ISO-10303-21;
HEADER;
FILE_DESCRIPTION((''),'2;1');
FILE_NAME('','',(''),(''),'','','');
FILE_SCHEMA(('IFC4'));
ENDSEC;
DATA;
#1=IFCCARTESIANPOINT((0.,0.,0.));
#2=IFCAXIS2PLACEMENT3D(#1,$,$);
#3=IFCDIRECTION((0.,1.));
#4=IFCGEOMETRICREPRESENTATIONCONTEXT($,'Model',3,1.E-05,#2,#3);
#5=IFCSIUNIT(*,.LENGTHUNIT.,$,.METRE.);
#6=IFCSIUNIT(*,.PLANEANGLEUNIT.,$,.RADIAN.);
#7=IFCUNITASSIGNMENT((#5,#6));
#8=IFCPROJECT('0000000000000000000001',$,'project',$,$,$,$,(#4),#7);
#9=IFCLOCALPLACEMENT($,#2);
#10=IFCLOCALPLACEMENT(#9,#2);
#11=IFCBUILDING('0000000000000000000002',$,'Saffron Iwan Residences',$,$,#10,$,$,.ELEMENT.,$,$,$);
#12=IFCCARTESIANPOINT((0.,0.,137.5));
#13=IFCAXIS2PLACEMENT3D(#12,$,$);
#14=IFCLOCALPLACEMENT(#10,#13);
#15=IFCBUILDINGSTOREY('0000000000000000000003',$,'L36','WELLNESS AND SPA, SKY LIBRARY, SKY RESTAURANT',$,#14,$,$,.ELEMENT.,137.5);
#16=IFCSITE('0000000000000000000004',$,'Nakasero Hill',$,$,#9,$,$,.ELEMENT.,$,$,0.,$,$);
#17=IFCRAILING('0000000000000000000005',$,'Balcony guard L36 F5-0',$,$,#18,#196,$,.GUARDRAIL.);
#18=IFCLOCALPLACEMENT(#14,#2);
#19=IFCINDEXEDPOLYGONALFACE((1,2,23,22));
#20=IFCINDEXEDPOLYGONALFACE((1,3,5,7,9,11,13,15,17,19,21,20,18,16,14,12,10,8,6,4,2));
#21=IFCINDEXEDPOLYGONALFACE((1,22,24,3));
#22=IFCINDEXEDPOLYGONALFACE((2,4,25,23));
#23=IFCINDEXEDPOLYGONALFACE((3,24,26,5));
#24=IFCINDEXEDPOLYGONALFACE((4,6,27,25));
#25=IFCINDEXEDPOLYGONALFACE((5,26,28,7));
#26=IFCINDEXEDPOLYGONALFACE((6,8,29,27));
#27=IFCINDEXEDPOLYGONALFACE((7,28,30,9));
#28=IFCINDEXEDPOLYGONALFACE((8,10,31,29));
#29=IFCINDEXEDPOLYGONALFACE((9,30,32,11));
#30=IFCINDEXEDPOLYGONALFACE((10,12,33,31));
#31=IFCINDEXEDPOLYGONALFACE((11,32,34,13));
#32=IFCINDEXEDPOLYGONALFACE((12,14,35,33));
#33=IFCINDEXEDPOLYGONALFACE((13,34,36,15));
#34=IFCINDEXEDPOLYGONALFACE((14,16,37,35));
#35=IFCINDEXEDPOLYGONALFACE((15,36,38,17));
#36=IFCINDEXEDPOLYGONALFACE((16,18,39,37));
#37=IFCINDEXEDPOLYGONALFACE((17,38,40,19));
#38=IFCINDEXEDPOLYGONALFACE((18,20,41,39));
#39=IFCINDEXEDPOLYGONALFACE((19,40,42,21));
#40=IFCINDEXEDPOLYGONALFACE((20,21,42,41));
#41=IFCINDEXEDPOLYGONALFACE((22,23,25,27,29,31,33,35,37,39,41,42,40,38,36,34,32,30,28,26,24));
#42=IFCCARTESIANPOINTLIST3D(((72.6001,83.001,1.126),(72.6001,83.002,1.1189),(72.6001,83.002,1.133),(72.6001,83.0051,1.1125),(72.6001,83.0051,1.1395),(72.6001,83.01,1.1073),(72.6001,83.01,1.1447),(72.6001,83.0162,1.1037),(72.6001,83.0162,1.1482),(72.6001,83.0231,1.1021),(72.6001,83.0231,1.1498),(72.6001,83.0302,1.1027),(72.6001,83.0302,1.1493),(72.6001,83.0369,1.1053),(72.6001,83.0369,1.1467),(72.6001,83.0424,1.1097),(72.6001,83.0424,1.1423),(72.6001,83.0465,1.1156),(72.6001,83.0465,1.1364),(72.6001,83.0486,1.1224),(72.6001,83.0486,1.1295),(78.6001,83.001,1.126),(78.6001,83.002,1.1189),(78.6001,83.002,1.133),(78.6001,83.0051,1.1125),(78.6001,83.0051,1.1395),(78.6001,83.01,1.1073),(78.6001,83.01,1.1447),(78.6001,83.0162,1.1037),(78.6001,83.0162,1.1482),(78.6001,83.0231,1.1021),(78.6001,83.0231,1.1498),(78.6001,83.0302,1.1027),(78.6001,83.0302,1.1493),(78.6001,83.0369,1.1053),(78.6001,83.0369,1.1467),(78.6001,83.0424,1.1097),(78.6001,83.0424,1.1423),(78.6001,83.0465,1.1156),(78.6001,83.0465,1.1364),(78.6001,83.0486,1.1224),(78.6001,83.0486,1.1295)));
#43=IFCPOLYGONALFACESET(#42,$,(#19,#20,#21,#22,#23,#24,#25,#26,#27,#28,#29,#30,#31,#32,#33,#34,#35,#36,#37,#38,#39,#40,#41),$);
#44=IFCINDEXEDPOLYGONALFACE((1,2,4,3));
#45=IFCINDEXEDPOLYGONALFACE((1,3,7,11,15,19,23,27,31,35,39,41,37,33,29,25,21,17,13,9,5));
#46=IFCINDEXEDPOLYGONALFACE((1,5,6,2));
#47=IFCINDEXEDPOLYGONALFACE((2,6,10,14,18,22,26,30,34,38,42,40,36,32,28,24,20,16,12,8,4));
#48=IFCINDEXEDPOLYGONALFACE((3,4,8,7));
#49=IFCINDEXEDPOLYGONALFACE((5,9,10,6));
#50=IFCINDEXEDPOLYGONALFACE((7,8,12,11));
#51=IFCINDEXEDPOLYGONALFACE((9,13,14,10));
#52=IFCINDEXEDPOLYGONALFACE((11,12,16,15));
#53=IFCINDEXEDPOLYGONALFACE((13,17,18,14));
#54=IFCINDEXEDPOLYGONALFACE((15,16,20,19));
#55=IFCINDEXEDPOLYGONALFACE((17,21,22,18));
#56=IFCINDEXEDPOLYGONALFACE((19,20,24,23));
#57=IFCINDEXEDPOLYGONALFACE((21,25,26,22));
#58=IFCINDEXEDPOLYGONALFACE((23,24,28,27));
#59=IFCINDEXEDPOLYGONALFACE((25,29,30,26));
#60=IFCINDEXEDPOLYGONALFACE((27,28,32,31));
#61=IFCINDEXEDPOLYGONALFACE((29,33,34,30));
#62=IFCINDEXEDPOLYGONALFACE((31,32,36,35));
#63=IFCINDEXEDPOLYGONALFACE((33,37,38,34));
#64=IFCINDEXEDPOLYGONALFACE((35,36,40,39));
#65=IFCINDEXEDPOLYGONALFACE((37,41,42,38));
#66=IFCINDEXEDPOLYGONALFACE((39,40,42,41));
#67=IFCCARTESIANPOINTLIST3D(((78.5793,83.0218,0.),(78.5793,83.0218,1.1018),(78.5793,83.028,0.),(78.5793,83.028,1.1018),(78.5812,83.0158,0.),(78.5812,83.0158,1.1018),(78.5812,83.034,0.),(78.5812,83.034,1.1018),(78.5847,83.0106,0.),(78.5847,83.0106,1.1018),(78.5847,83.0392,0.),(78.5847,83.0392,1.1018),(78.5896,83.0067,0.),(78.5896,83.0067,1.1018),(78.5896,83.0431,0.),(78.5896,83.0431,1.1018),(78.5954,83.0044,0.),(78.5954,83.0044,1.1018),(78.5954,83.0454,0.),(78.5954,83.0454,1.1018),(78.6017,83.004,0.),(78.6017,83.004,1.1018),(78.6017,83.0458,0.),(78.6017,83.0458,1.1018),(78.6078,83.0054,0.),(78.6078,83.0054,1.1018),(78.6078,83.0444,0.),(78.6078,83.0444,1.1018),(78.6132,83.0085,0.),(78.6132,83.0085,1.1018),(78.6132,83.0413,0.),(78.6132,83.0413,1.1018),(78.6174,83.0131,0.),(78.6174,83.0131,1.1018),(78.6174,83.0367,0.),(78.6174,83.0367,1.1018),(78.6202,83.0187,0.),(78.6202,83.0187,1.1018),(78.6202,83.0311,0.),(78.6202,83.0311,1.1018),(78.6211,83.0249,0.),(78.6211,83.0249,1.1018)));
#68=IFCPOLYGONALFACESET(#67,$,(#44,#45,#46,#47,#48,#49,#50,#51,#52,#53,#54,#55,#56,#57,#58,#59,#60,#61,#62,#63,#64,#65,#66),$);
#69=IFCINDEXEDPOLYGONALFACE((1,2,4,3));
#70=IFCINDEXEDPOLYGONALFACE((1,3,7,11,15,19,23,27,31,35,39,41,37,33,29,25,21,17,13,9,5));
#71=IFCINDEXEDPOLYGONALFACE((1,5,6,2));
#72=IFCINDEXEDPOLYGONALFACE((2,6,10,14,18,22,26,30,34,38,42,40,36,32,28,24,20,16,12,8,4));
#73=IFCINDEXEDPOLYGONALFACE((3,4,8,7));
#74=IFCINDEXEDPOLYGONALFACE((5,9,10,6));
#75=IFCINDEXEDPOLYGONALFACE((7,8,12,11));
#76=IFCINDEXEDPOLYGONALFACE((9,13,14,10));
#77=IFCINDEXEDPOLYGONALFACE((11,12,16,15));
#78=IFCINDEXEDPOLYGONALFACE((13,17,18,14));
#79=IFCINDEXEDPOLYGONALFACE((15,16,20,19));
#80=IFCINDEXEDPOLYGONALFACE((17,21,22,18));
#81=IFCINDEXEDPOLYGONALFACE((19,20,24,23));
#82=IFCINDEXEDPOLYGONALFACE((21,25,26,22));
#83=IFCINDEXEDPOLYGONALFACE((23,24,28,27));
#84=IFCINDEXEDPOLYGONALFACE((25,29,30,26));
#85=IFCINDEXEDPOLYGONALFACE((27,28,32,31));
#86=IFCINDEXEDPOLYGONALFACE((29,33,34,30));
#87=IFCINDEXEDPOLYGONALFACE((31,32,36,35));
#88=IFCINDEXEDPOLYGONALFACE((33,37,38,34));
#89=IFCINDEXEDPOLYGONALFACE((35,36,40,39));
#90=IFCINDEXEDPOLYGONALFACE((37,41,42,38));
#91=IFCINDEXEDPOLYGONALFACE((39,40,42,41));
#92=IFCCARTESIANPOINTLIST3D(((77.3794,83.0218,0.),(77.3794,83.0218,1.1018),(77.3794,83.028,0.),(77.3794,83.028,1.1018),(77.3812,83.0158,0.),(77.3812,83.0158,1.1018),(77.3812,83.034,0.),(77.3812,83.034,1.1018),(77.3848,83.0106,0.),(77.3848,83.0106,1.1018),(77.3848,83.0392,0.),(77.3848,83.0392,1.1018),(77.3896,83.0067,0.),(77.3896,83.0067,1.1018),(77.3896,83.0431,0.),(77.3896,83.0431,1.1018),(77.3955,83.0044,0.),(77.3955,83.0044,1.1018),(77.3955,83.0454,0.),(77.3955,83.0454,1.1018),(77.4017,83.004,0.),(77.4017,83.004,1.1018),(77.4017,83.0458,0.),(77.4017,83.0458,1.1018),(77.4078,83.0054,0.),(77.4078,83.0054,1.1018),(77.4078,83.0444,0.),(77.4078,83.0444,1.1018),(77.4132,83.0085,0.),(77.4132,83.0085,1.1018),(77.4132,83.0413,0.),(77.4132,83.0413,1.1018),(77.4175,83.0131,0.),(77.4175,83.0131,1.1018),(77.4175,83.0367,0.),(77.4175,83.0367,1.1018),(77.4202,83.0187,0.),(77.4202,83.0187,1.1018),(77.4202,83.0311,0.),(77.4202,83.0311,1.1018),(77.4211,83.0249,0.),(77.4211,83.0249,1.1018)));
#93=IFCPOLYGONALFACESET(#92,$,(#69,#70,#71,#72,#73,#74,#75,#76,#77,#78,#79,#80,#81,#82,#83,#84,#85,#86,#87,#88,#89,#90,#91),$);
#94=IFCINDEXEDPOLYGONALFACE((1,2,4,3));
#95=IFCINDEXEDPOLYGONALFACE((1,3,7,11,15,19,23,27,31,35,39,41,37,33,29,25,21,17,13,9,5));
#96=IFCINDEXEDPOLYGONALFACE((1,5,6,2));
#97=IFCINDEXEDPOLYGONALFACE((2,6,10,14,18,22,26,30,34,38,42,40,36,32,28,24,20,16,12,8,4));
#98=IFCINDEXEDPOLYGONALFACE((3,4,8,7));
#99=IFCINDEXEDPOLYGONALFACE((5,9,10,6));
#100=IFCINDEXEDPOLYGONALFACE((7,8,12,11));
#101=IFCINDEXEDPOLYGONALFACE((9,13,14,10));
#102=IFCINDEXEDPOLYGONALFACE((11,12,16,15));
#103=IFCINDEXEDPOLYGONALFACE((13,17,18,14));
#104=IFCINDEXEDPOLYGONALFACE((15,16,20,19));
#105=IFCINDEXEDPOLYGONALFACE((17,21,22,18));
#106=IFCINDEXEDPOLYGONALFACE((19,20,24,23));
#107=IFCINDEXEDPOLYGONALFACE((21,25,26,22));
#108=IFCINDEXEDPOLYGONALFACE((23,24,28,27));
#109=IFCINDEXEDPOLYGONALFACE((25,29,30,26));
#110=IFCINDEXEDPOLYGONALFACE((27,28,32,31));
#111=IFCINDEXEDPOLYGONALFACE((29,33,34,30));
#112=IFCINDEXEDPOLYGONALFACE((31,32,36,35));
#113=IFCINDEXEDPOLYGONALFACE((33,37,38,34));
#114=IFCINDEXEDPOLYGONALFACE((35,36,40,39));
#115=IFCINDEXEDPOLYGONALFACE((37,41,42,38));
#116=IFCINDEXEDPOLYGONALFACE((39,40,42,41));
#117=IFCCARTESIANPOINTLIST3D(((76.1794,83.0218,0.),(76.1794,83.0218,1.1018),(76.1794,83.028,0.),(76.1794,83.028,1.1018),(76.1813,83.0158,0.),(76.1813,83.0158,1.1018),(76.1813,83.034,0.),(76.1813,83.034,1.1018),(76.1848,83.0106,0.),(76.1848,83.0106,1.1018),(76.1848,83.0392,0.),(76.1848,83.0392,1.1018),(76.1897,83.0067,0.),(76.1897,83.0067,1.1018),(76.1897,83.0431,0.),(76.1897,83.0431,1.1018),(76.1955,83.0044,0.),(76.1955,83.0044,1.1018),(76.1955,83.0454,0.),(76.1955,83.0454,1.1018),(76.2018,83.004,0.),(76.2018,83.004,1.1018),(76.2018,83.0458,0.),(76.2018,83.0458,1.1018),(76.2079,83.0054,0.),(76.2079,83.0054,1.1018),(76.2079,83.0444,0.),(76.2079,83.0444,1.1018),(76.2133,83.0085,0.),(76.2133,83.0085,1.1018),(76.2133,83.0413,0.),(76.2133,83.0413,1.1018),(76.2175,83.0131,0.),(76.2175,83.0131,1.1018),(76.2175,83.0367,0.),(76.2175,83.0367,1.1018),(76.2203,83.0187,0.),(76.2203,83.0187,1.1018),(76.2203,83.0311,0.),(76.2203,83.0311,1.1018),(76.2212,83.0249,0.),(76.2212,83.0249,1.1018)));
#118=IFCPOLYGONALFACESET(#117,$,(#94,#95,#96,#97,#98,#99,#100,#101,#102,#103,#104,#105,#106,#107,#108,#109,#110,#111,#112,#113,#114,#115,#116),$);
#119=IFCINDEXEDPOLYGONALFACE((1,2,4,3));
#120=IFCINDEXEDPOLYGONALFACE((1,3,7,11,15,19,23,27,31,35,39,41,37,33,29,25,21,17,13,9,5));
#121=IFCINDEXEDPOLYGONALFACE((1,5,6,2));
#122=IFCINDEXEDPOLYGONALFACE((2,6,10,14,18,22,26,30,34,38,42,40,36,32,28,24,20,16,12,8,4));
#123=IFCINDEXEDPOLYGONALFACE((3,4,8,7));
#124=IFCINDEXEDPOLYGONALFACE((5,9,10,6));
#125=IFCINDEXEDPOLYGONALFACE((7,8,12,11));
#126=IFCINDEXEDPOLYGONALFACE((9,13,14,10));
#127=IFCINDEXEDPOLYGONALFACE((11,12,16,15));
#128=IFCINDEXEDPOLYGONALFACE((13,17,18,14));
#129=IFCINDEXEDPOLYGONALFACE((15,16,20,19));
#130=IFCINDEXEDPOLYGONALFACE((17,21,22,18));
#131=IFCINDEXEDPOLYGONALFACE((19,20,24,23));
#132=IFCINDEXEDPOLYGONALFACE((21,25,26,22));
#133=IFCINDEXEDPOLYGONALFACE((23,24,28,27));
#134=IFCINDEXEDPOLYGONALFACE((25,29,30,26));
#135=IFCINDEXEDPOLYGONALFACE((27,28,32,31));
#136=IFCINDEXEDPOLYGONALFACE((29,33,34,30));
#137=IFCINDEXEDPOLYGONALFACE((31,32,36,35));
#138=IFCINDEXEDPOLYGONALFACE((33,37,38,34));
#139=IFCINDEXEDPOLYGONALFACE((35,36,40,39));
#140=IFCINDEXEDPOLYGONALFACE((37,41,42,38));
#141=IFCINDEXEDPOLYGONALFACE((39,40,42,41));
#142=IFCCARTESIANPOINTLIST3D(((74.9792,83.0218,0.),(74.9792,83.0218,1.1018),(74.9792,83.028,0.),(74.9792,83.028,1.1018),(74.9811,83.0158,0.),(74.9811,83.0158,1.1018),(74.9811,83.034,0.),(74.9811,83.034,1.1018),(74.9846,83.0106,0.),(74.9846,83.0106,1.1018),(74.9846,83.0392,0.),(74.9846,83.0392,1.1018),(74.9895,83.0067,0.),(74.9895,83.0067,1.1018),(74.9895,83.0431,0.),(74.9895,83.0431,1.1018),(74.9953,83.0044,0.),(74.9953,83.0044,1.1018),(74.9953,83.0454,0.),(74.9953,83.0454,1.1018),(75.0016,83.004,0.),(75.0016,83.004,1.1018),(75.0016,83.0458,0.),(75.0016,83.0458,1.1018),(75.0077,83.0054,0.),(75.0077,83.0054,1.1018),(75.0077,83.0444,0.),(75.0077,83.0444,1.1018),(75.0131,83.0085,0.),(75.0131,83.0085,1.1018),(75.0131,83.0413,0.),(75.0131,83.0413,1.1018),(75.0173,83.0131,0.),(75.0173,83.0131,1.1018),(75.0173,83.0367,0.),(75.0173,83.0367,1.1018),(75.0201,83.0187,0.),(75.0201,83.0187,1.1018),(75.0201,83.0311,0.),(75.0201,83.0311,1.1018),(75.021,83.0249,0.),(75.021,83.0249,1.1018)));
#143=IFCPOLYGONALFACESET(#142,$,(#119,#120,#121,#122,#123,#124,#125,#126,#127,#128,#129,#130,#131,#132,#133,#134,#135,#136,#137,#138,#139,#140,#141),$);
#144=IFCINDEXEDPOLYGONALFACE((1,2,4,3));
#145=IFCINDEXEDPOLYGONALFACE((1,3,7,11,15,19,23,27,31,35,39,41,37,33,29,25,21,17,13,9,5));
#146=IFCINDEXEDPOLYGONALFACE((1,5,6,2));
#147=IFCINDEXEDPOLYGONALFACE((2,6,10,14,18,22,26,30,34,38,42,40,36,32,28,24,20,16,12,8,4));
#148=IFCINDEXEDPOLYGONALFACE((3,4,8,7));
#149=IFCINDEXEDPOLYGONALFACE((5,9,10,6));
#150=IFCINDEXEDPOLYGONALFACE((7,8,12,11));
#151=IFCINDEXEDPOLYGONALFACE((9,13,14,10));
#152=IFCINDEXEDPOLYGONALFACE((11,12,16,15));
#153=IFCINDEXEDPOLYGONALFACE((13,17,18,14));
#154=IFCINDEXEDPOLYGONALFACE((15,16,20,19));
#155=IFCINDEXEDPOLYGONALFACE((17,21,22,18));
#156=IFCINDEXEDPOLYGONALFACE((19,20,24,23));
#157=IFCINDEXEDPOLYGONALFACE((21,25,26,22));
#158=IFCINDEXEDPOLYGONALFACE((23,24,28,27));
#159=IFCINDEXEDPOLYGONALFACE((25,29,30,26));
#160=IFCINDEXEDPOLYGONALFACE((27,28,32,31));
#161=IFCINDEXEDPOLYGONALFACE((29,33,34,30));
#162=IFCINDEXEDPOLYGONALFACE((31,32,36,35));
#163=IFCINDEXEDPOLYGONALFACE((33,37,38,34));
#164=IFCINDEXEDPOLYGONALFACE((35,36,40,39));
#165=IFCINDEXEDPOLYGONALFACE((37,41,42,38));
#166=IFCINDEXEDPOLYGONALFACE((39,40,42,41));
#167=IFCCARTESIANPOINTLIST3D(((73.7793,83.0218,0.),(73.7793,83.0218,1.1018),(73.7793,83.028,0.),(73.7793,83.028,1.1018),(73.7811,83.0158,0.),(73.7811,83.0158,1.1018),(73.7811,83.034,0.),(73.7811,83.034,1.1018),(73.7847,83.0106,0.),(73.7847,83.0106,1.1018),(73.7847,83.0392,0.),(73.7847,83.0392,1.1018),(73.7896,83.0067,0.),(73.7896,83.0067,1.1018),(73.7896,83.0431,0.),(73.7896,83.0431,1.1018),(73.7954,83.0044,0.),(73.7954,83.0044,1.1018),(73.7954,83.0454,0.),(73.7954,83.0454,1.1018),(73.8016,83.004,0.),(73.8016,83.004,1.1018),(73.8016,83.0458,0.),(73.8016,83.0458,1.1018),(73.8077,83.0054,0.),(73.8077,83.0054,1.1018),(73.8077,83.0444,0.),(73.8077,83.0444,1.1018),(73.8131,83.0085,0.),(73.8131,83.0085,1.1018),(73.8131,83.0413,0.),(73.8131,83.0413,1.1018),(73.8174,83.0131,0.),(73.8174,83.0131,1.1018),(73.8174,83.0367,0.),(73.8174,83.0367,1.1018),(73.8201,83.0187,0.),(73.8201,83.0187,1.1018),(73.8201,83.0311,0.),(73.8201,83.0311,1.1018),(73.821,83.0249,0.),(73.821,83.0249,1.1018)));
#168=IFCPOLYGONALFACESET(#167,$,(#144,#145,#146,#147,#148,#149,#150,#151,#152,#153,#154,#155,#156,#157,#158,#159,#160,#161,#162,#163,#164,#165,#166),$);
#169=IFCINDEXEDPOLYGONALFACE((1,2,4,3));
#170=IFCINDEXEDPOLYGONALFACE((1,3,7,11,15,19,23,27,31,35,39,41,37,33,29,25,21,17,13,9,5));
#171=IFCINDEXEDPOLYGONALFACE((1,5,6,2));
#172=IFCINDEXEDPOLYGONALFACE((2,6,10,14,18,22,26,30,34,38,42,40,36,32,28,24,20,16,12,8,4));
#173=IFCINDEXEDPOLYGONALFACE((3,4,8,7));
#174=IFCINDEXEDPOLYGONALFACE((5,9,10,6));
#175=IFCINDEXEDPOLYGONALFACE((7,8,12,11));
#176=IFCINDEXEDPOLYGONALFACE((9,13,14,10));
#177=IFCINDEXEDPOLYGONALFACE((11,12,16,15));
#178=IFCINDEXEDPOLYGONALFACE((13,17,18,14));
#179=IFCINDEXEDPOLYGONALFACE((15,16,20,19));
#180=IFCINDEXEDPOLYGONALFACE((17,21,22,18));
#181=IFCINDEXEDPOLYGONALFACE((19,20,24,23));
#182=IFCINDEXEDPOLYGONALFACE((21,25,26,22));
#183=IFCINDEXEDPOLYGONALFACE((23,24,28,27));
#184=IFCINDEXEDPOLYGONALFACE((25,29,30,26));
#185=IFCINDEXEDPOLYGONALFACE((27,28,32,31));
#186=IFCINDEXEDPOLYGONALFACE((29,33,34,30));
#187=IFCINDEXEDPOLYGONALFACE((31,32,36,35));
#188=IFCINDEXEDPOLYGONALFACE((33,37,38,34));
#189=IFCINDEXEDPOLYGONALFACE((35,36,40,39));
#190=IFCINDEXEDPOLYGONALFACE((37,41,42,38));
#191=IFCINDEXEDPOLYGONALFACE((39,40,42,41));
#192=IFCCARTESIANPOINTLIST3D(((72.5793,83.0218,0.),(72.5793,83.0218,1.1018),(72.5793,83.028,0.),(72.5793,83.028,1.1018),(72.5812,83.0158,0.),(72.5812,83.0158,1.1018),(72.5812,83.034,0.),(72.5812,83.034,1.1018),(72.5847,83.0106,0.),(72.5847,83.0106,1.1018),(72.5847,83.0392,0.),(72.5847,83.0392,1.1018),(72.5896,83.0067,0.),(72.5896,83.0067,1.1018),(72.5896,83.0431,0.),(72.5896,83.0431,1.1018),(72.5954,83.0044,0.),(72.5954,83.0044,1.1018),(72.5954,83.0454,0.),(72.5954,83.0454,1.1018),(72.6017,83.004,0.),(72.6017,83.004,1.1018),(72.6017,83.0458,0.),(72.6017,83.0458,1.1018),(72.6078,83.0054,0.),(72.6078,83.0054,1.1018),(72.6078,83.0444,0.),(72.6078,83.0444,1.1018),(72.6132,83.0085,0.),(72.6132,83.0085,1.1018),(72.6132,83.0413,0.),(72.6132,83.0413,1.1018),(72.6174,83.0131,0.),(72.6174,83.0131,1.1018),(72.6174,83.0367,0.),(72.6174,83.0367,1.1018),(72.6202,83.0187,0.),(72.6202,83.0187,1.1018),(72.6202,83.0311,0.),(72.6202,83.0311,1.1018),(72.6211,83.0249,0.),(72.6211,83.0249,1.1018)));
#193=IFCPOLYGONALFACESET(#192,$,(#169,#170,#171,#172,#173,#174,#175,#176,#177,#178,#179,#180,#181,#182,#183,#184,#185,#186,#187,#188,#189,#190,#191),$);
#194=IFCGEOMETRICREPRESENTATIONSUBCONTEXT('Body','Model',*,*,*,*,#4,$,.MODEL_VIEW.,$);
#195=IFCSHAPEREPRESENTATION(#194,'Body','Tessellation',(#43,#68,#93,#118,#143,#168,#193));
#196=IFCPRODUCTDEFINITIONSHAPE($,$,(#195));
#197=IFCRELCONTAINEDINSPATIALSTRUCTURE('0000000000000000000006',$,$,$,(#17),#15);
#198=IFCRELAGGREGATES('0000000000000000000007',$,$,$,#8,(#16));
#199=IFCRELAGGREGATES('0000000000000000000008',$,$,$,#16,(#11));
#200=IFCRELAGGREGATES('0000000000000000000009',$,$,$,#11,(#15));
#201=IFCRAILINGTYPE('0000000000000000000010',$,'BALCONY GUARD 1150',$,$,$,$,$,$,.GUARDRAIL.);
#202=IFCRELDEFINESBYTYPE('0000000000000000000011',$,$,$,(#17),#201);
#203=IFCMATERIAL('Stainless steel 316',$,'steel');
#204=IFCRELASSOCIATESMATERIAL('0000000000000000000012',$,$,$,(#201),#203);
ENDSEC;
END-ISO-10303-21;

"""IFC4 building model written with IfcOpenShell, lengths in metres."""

from ifc_helpers import new_model, si_unit, direction, frame, origin, origin_2d, place, context, subcontext, project, spatial, circle, extrude, material, type_object, element, save


model = new_model("IFC4")

# Units and contexts
model_context = context("Model", 3, precision=1e-05, world=origin(), true_north=direction((0.0, 1.0)))
body_context = subcontext(model_context, "Body", "Model", "MODEL_VIEW")
ifc_project = project(units=[si_unit("LENGTHUNIT", "METRE"), si_unit("PLANEANGLEUNIT", "RADIAN")], contexts=[model_context])

# Site, building, storey
site_placement = place(None, origin())
site = spatial("IfcSite", under=ifc_project, at=site_placement, Name="Nakasero Hill", CompositionType="ELEMENT", RefElevation=0.0)
building_placement = place(site_placement, origin())
building = spatial("IfcBuilding", under=site, at=building_placement, Name="Saffron Iwan Residences", CompositionType="ELEMENT")
storey_placement = place(building_placement, frame((0.0, 0.0, 137.5)))
storey = spatial("IfcBuildingStorey", under=building, at=storey_placement, Name="L36", Description="WELLNESS AND SPA, SKY LIBRARY, SKY RESTAURANT", CompositionType="ELEMENT", Elevation=137.5)

# Railing
ifc_material_1 = material(Name="Stainless steel 316", Category="steel")
railing_type = type_object("IfcRailingType", Name="BALCONY GUARD 1150", PredefinedType="GUARDRAIL", material=ifc_material_1)
railing_placement = place(storey_placement, frame((78.6001, 83.0249, 0.0)))
element("IfcRailing", 1, at=railing_placement, inside=storey, type_object=railing_type, Name="Balcony guard L36 F5-0", PredefinedType="GUARDRAIL", context=body_context, shape_type="SweptSolid", body=[
    extrude(circle(Radius=0.0239, at=origin_2d()), frame((0.0, 0.0, 1.126), z_axis=(-1.0, 0.0, 0.0), x_axis=(0.0, -1.0, 0.0)), (0.0, 0.0, 1.0), 6.0),
    extrude(circle(Radius=0.021, at=origin_2d()), origin(), (0.0, 0.0, 1.0), 1.1018),
    extrude(circle(Radius=0.021, at=origin_2d()), frame((-1.2, 0.0, 0.0)), (0.0, 0.0, 1.0), 1.1018),
    extrude(circle(Radius=0.021, at=origin_2d()), frame((-2.3999, 0.0, 0.0)), (0.0, 0.0, 1.0), 1.1018),
    extrude(circle(Radius=0.021, at=origin_2d()), frame((-3.6001, 0.0, 0.0)), (0.0, 0.0, 1.0), 1.1018),
    extrude(circle(Radius=0.021, at=origin_2d()), frame((-4.8, 0.0, 0.0)), (0.0, 0.0, 1.0), 1.1018),
    extrude(circle(Radius=0.021, at=origin_2d()), frame((-6.0, 0.0, 0.0)), (0.0, 0.0, 1.0), 1.1018),
])

save(model, "model.ifc")
